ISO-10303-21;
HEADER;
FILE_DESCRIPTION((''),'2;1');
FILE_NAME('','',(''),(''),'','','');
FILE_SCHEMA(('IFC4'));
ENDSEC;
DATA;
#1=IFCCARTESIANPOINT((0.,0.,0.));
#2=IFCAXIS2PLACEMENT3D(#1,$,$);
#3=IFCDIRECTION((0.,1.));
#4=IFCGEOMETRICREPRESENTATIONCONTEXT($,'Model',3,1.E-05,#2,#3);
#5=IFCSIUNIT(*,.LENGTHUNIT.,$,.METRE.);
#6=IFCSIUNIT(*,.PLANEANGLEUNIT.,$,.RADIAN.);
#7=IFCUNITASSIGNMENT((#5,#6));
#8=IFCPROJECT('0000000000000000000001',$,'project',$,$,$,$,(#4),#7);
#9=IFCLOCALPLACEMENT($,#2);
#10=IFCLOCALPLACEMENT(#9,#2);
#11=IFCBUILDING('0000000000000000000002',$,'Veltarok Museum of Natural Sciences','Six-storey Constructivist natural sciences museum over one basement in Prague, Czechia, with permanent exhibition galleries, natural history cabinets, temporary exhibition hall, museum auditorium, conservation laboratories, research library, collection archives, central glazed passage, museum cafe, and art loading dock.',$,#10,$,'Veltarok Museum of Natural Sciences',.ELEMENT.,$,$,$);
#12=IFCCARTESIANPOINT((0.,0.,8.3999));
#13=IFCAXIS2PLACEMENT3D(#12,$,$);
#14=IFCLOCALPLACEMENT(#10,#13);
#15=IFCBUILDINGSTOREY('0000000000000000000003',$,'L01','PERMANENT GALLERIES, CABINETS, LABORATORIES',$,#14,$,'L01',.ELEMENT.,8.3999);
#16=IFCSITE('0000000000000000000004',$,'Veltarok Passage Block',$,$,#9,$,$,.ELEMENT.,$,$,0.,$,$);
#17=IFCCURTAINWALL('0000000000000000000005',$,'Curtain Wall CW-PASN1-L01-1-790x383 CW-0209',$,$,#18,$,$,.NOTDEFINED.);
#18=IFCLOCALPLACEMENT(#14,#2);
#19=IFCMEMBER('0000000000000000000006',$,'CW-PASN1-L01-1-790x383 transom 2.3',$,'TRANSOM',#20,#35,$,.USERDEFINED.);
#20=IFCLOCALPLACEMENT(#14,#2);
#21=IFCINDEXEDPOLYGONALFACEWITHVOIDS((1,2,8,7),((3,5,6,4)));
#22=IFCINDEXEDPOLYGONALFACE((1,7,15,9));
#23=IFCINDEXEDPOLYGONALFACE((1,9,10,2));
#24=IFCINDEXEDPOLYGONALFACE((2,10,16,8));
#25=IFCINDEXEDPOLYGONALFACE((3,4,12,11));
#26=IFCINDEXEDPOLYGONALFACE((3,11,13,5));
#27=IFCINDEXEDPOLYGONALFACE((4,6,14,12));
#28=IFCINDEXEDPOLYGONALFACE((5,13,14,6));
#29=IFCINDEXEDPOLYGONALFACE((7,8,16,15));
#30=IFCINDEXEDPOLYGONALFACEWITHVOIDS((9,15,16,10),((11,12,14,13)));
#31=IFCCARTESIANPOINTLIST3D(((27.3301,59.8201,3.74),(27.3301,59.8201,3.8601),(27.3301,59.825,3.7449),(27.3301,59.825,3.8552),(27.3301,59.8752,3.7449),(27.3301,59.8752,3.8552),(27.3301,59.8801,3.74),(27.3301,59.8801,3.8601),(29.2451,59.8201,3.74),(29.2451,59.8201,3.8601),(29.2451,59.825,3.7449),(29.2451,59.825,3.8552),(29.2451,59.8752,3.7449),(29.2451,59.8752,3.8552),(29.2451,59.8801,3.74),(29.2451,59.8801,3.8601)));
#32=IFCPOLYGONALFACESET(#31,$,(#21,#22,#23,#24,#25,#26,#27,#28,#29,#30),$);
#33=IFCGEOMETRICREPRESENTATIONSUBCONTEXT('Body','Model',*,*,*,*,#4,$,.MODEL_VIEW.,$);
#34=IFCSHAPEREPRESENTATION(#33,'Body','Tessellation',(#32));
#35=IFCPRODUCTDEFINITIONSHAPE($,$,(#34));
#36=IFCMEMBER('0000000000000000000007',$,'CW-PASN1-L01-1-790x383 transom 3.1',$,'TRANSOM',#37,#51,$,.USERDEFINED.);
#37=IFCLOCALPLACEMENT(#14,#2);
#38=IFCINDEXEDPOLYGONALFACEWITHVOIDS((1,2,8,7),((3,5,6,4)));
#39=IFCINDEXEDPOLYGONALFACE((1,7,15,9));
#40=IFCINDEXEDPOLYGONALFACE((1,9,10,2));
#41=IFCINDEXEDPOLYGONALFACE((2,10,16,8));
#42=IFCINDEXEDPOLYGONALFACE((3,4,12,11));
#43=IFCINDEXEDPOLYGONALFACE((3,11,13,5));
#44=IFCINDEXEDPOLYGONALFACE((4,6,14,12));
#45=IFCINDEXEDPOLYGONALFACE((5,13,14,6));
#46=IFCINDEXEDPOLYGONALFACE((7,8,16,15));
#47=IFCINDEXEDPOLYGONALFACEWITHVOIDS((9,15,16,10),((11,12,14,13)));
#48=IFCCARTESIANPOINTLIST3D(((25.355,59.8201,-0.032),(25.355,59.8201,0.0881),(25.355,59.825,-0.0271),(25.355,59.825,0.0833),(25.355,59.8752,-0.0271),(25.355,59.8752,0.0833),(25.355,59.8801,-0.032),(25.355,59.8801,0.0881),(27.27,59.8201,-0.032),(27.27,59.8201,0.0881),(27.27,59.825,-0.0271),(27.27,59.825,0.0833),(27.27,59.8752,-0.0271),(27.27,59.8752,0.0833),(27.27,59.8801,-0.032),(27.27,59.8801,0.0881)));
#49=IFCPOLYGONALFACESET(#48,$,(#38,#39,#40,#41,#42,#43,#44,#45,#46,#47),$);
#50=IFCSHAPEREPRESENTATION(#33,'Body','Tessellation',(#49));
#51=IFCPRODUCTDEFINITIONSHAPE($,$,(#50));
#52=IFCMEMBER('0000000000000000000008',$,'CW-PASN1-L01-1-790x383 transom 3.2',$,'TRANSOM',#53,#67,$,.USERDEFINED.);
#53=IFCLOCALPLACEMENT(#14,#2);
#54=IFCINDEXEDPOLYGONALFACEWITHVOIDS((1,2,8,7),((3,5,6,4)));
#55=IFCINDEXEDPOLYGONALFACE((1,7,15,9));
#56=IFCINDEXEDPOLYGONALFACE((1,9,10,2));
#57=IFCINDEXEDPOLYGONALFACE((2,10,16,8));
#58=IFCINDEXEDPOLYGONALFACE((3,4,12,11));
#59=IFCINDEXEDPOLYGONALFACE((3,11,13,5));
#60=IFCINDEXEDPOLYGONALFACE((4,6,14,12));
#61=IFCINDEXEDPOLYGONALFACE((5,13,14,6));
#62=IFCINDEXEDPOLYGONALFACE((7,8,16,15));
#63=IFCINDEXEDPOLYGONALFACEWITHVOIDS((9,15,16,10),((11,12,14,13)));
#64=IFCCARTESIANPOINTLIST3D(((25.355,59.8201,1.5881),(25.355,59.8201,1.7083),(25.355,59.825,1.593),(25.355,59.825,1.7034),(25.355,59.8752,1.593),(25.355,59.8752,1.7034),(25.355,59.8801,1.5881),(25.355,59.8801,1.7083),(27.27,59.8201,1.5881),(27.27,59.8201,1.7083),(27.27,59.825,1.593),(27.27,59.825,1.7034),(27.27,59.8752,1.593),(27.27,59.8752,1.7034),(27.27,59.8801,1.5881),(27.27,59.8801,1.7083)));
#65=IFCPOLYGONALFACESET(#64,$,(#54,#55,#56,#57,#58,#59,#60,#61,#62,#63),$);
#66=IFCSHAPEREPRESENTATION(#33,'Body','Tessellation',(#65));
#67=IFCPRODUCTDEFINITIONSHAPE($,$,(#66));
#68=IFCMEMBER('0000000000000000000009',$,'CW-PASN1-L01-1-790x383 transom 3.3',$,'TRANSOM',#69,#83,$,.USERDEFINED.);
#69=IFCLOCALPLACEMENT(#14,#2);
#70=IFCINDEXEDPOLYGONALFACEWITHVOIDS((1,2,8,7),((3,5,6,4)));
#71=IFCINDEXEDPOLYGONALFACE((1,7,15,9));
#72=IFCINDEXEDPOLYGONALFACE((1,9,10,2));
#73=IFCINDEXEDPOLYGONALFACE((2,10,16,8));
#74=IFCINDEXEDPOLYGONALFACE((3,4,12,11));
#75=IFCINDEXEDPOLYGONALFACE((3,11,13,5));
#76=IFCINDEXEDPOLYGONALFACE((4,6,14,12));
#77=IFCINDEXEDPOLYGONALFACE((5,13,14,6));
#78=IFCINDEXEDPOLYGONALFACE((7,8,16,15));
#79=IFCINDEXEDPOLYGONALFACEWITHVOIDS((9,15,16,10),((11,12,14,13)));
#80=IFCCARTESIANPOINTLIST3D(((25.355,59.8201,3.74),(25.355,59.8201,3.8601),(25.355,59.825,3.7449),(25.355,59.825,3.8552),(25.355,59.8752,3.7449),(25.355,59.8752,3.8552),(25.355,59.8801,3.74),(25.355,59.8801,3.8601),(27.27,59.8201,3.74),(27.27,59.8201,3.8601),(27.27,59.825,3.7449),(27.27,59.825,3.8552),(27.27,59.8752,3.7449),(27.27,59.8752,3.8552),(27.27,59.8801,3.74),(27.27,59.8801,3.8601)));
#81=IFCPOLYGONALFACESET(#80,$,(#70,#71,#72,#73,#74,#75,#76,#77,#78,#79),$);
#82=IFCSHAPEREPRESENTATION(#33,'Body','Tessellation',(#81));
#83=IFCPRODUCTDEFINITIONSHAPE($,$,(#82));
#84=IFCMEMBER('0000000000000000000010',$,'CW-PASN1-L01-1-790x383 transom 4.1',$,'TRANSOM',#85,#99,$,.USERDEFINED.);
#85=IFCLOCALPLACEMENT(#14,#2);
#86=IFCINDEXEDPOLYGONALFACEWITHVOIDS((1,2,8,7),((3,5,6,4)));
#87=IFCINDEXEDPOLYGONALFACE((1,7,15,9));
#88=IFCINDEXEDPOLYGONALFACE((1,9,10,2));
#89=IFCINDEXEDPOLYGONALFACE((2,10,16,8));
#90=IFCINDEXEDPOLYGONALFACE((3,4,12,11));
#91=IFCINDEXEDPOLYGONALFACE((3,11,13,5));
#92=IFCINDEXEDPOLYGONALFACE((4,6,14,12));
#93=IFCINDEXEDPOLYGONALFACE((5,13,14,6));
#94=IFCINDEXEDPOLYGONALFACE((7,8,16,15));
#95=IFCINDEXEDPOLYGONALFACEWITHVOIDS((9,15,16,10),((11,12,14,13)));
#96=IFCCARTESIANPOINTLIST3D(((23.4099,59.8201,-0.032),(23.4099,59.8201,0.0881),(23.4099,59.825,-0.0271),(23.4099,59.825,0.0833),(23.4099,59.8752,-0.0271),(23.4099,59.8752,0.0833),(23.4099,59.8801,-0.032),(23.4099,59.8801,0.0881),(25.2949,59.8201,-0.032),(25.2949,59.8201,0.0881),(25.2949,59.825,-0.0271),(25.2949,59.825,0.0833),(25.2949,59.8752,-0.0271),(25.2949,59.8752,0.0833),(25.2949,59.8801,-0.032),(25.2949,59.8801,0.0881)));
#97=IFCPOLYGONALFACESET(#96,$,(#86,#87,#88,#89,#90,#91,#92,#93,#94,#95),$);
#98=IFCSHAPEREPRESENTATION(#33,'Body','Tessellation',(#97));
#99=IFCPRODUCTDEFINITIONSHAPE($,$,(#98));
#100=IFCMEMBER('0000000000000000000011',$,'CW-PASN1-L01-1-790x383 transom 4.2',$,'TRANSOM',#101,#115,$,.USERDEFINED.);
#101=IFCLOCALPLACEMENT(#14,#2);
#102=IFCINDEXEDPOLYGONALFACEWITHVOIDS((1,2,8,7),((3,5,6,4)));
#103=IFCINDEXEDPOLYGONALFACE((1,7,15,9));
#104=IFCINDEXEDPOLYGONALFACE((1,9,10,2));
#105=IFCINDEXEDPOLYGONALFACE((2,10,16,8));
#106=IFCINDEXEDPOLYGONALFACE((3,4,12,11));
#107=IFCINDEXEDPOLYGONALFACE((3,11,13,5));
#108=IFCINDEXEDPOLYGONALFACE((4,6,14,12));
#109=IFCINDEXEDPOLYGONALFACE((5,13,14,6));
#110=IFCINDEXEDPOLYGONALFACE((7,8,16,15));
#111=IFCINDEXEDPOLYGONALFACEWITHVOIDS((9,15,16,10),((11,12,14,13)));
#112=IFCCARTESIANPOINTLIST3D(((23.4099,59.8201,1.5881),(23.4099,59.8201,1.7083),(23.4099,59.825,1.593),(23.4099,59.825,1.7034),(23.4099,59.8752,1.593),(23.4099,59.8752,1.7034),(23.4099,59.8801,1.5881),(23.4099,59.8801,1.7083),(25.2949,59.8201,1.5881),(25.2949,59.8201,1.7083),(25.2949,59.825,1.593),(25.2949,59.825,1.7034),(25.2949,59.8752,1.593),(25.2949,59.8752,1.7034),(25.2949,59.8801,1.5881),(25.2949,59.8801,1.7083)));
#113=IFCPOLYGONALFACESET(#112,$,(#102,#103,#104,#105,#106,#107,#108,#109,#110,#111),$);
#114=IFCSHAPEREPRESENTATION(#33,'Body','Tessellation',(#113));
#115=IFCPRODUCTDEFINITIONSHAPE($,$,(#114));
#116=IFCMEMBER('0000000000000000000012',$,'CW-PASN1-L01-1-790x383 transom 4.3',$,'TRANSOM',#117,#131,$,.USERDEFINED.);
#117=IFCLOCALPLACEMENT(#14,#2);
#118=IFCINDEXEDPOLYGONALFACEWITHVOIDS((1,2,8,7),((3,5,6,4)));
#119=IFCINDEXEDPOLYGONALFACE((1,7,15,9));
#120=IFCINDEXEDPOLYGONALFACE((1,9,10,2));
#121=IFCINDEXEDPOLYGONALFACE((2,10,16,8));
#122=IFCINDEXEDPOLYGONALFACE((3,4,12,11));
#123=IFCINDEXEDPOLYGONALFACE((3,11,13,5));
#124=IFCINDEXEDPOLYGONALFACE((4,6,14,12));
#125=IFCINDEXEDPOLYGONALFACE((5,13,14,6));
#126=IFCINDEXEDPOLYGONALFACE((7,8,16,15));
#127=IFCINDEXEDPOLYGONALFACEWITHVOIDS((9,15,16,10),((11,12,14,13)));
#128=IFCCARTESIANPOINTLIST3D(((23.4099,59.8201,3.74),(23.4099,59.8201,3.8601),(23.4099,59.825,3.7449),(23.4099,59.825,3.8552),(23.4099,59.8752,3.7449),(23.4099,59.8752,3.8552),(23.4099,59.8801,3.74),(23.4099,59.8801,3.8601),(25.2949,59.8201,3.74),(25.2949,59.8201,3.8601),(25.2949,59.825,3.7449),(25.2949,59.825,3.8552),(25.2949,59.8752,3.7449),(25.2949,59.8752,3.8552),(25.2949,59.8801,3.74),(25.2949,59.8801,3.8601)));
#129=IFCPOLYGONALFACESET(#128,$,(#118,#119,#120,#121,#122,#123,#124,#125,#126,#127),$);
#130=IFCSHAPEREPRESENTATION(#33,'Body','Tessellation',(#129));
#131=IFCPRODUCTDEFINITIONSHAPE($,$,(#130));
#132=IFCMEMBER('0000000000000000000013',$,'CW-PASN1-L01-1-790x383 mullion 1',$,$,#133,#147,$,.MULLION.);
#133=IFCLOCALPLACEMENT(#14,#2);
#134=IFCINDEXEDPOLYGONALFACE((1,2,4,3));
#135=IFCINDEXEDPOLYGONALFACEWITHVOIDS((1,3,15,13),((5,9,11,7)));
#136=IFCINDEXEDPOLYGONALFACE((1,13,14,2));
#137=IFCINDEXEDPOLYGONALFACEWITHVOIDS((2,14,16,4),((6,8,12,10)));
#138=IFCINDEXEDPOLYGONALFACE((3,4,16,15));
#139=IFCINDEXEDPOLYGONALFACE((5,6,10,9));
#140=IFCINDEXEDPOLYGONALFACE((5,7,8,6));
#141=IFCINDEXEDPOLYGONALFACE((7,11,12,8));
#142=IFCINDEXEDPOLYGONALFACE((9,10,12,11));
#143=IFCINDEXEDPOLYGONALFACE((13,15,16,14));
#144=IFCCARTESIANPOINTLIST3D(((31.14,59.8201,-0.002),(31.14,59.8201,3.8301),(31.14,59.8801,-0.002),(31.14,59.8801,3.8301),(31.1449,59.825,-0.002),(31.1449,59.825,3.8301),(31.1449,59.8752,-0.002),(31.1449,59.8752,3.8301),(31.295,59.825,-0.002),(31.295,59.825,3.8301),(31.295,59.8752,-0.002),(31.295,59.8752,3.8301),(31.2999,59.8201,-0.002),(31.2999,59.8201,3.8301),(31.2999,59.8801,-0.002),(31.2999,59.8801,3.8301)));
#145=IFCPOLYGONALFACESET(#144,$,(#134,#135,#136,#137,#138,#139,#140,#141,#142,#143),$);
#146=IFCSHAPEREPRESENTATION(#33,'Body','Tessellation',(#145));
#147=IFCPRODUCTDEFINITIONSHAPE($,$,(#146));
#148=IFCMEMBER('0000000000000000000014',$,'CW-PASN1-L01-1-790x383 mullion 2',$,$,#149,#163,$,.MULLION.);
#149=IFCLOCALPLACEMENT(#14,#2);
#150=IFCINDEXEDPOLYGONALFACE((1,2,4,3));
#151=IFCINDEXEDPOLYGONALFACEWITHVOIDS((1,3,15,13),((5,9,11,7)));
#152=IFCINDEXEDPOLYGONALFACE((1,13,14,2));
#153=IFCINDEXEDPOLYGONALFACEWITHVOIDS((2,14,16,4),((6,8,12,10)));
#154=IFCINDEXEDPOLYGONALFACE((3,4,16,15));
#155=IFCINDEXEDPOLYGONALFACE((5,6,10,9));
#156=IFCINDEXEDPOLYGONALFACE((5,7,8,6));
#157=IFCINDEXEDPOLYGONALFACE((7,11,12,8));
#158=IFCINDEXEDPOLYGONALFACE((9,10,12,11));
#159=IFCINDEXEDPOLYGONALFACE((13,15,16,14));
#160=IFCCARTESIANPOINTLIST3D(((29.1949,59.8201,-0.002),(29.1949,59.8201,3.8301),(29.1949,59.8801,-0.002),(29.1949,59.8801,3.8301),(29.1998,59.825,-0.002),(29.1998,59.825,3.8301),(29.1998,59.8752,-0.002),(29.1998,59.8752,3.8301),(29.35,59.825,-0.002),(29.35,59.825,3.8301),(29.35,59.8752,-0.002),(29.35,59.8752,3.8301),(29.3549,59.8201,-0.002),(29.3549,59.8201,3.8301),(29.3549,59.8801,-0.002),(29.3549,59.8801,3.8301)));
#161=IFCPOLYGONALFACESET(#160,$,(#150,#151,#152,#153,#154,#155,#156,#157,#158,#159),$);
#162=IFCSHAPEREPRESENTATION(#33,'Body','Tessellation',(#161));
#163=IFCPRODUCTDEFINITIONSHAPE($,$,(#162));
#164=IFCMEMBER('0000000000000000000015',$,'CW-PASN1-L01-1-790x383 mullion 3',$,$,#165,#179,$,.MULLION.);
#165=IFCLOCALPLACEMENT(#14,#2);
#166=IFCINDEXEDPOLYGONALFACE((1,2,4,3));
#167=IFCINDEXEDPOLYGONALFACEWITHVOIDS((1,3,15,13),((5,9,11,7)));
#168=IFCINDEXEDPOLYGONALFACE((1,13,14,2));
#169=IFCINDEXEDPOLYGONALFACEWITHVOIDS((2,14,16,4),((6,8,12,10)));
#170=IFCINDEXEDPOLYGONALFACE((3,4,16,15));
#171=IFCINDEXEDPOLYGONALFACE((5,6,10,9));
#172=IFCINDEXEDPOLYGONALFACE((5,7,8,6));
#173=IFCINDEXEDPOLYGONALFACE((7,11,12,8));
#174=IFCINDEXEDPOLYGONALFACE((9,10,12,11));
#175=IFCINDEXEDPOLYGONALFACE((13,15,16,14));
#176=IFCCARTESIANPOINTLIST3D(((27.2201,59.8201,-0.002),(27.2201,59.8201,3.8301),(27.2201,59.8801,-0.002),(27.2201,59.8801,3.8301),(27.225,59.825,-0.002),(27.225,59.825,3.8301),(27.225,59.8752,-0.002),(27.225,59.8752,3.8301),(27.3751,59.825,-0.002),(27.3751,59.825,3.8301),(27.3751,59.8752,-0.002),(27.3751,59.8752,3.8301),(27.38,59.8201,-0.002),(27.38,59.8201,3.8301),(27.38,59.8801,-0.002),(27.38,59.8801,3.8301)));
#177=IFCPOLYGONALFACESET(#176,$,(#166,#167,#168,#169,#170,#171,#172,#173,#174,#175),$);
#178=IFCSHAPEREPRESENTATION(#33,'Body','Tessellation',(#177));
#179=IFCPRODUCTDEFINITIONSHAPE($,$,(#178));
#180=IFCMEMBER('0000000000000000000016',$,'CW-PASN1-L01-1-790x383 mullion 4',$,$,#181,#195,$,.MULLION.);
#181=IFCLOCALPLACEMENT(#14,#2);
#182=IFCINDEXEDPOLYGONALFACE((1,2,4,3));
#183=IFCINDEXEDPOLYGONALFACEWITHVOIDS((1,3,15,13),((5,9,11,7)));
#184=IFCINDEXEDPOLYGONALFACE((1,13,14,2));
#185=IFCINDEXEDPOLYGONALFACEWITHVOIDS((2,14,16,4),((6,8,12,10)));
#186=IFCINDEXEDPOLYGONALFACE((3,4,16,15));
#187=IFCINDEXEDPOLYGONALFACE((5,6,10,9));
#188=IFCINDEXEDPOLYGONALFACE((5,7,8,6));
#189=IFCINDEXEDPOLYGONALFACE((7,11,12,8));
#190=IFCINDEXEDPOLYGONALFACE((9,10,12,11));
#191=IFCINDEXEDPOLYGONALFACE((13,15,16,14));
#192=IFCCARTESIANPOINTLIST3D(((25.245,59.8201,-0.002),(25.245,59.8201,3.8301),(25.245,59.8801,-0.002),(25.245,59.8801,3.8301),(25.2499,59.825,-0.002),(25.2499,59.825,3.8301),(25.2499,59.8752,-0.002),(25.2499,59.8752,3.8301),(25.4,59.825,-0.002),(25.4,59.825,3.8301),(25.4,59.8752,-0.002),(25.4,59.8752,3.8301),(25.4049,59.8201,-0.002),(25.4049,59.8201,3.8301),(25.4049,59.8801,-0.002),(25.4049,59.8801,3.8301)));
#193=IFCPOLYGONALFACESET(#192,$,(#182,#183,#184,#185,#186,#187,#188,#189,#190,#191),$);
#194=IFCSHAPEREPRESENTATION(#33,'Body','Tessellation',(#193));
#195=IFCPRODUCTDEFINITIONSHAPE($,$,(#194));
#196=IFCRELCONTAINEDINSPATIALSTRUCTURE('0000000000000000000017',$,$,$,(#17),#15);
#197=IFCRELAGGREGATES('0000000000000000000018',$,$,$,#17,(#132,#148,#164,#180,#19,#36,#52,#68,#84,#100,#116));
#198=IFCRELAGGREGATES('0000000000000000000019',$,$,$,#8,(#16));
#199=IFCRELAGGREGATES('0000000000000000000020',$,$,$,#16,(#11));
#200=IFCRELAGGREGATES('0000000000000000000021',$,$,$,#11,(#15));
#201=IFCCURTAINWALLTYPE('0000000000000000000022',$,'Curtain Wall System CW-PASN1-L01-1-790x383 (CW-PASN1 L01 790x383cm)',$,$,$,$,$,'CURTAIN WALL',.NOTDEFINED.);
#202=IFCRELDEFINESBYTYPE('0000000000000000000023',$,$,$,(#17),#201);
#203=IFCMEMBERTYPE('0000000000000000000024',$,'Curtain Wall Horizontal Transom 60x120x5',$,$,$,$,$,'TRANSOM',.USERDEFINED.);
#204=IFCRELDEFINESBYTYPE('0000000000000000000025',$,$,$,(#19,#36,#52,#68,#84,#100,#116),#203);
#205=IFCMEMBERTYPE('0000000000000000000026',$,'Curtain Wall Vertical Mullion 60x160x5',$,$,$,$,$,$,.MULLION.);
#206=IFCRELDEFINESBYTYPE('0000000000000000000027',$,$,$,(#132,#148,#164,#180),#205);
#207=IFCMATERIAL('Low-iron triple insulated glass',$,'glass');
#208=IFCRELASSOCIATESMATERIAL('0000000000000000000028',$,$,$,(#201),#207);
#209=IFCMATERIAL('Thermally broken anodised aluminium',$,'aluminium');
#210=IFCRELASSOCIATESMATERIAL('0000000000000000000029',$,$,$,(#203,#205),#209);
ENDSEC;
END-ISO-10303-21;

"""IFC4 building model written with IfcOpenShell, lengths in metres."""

from ifc_helpers import new_model, si_unit, direction, frame, origin, origin_2d, place, context, subcontext, project, spatial, hollow_rectangle, extrude, material, material_profile, profile_set, type_object, element, aggregate, save


model = new_model("IFC4")

# Units and contexts
model_context = context("Model", 3, precision=1e-05, world=origin(), true_north=direction((0.0, 1.0)))
body_context = subcontext(model_context, "Body", "Model", "MODEL_VIEW")
ifc_project = project(units=[si_unit("LENGTHUNIT", "METRE"), si_unit("PLANEANGLEUNIT", "RADIAN")], contexts=[model_context])

# Site, building, storey
site_placement = place(None, origin())
site = spatial("IfcSite", under=ifc_project, at=site_placement, Name="Veltarok Passage Block", CompositionType="ELEMENT", RefElevation=0.0)
building_placement = place(site_placement, origin())
building = spatial("IfcBuilding", under=site, at=building_placement, Name="Veltarok Museum of Natural Sciences", Description="Six-storey Constructivist natural sciences museum over one basement in Prague, Czechia, with permanent exhibition galleries, natural history cabinets, temporary exhibition hall, museum auditorium, conservation laboratories, research library, collection archives, central glazed passage, museum cafe, and art loading dock.", LongName="Veltarok Museum of Natural Sciences", CompositionType="ELEMENT")
storey_placement = place(building_placement, frame((0.0, 0.0, 8.3999)))
storey = spatial("IfcBuildingStorey", under=building, at=storey_placement, Name="L01", Description="PERMANENT GALLERIES, CABINETS, LABORATORIES", LongName="L01", CompositionType="ELEMENT", Elevation=8.3999)

# Curtain wall, members
ifc_material_1 = material(Name="Low-iron triple insulated glass", Category="glass")
curtain_wall_type = type_object("IfcCurtainWallType", Name="Curtain Wall System CW-PASN1-L01-1-790x383 (CW-PASN1 L01 790x383cm)", ElementType="CURTAIN WALL", PredefinedType="NOTDEFINED", material=ifc_material_1)
curtain_wall_placement = place(storey_placement, origin())
curtain_wall = element("IfcCurtainWall", 1, at=curtain_wall_placement, inside=storey, type_object=curtain_wall_type, Name="Curtain Wall CW-PASN1-L01-1-790x383 CW-0209", PredefinedType="NOTDEFINED")
ifc_material_2 = material(Name="Thermally broken anodised aluminium", Category="aluminium")
ifc_material_profile_1 = material_profile(ifc_material_2, hollow_rectangle(XDim=0.0601, YDim=0.1201, WallThickness=0.0049, at=origin_2d()), Name="CW TRANSOM 60x120x5")
ifc_profile_set_1 = profile_set([ifc_material_profile_1], Name="Thermally broken anodised aluminium")
member_type_1 = type_object("IfcMemberType", Name="Curtain Wall Horizontal Transom 60x120x5", ElementType="TRANSOM", PredefinedType="USERDEFINED", material=ifc_profile_set_1)
member_1_placement = place(storey_placement, frame((29.2451, 59.8501, 3.8), z_axis=(-1.0, 0.0, 0.0), x_axis=(0.0, -1.0, 0.0)))
member_1 = element("IfcMember", 2, at=member_1_placement, type_object=member_type_1, Name="CW-PASN1-L01-1-790x383 transom 2.3", ObjectType="TRANSOM", PredefinedType="USERDEFINED", context=body_context, shape_type="SweptSolid", body=[
    extrude(hollow_rectangle(XDim=0.0601, YDim=0.1201, WallThickness=0.0049, at=origin_2d()), origin(), (0.0, 0.0, 1.0), 1.915),
])
member_2_placement = place(storey_placement, frame((27.27, 59.8501, 0.0281), z_axis=(-1.0, 0.0, 0.0), x_axis=(0.0, -1.0, 0.0)))
member_2 = element("IfcMember", 3, at=member_2_placement, type_object=member_type_1, Name="CW-PASN1-L01-1-790x383 transom 3.1", ObjectType="TRANSOM", PredefinedType="USERDEFINED", context=body_context, shape_type="SweptSolid", body=[
    extrude(hollow_rectangle(XDim=0.0601, YDim=0.1201, WallThickness=0.0049, at=origin_2d()), origin(), (0.0, 0.0, 1.0), 1.915),
])
member_3_placement = place(storey_placement, frame((27.27, 59.8501, 1.6482), z_axis=(-1.0, 0.0, 0.0), x_axis=(0.0, -1.0, 0.0)))
member_3 = element("IfcMember", 4, at=member_3_placement, type_object=member_type_1, Name="CW-PASN1-L01-1-790x383 transom 3.2", ObjectType="TRANSOM", PredefinedType="USERDEFINED", context=body_context, shape_type="SweptSolid", body=[
    extrude(hollow_rectangle(XDim=0.0601, YDim=0.1201, WallThickness=0.0049, at=origin_2d()), origin(), (0.0, 0.0, 1.0), 1.915),
])
member_4_placement = place(storey_placement, frame((27.27, 59.8501, 3.8), z_axis=(-1.0, 0.0, 0.0), x_axis=(0.0, -1.0, 0.0)))
member_4 = element("IfcMember", 5, at=member_4_placement, type_object=member_type_1, Name="CW-PASN1-L01-1-790x383 transom 3.3", ObjectType="TRANSOM", PredefinedType="USERDEFINED", context=body_context, shape_type="SweptSolid", body=[
    extrude(hollow_rectangle(XDim=0.0601, YDim=0.1201, WallThickness=0.0049, at=origin_2d()), origin(), (0.0, 0.0, 1.0), 1.915),
])
member_5_placement = place(storey_placement, frame((25.2949, 59.8501, 0.0281), z_axis=(-1.0, 0.0, 0.0), x_axis=(0.0, -1.0, 0.0)))
member_5 = element("IfcMember", 6, at=member_5_placement, type_object=member_type_1, Name="CW-PASN1-L01-1-790x383 transom 4.1", ObjectType="TRANSOM", PredefinedType="USERDEFINED", context=body_context, shape_type="SweptSolid", body=[
    extrude(hollow_rectangle(XDim=0.0601, YDim=0.1201, WallThickness=0.0049, at=origin_2d()), origin(), (0.0, 0.0, 1.0), 1.885),
])
member_6_placement = place(storey_placement, frame((25.2949, 59.8501, 1.6482), z_axis=(-1.0, 0.0, 0.0), x_axis=(0.0, -1.0, 0.0)))
member_6 = element("IfcMember", 7, at=member_6_placement, type_object=member_type_1, Name="CW-PASN1-L01-1-790x383 transom 4.2", ObjectType="TRANSOM", PredefinedType="USERDEFINED", context=body_context, shape_type="SweptSolid", body=[
    extrude(hollow_rectangle(XDim=0.0601, YDim=0.1201, WallThickness=0.0049, at=origin_2d()), origin(), (0.0, 0.0, 1.0), 1.885),
])
member_7_placement = place(storey_placement, frame((25.2949, 59.8501, 3.8), z_axis=(-1.0, 0.0, 0.0), x_axis=(0.0, -1.0, 0.0)))
member_7 = element("IfcMember", 8, at=member_7_placement, type_object=member_type_1, Name="CW-PASN1-L01-1-790x383 transom 4.3", ObjectType="TRANSOM", PredefinedType="USERDEFINED", context=body_context, shape_type="SweptSolid", body=[
    extrude(hollow_rectangle(XDim=0.0601, YDim=0.1201, WallThickness=0.0049, at=origin_2d()), origin(), (0.0, 0.0, 1.0), 1.885),
])
ifc_material_profile_2 = material_profile(ifc_material_2, hollow_rectangle(XDim=0.0601, YDim=0.1599, WallThickness=0.0049, at=origin_2d()), Name="CW MULLION 60x160x5")
ifc_profile_set_2 = profile_set([ifc_material_profile_2], Name="Thermally broken anodised aluminium")
member_type_2 = type_object("IfcMemberType", Name="Curtain Wall Vertical Mullion 60x160x5", PredefinedType="MULLION", material=ifc_profile_set_2)
member_8_placement = place(storey_placement, frame((31.22, 59.8501, -0.002), z_axis=(0.0, 0.0, 1.0), x_axis=(0.0, -1.0, 0.0)))
member_8 = element("IfcMember", 9, at=member_8_placement, type_object=member_type_2, Name="CW-PASN1-L01-1-790x383 mullion 1", PredefinedType="MULLION", context=body_context, shape_type="SweptSolid", body=[
    extrude(hollow_rectangle(XDim=0.0601, YDim=0.1599, WallThickness=0.0049, at=origin_2d()), origin(), (0.0, 0.0, 1.0), 3.832),
])
member_9_placement = place(storey_placement, frame((29.2749, 59.8501, -0.002), z_axis=(0.0, 0.0, 1.0), x_axis=(0.0, -1.0, 0.0)))
member_9 = element("IfcMember", 10, at=member_9_placement, type_object=member_type_2, Name="CW-PASN1-L01-1-790x383 mullion 2", PredefinedType="MULLION", context=body_context, shape_type="SweptSolid", body=[
    extrude(hollow_rectangle(XDim=0.0601, YDim=0.1599, WallThickness=0.0049, at=origin_2d()), origin(), (0.0, 0.0, 1.0), 3.832),
])
member_10_placement = place(storey_placement, frame((27.3, 59.8501, -0.002), z_axis=(0.0, 0.0, 1.0), x_axis=(0.0, -1.0, 0.0)))
member_10 = element("IfcMember", 11, at=member_10_placement, type_object=member_type_2, Name="CW-PASN1-L01-1-790x383 mullion 3", PredefinedType="MULLION", context=body_context, shape_type="SweptSolid", body=[
    extrude(hollow_rectangle(XDim=0.0601, YDim=0.1599, WallThickness=0.0049, at=origin_2d()), origin(), (0.0, 0.0, 1.0), 3.832),
])
member_11_placement = place(storey_placement, frame((25.325, 59.8501, -0.002), z_axis=(0.0, 0.0, 1.0), x_axis=(0.0, -1.0, 0.0)))
member_11 = element("IfcMember", 12, at=member_11_placement, type_object=member_type_2, Name="CW-PASN1-L01-1-790x383 mullion 4", PredefinedType="MULLION", context=body_context, shape_type="SweptSolid", body=[
    extrude(hollow_rectangle(XDim=0.0601, YDim=0.1599, WallThickness=0.0049, at=origin_2d()), origin(), (0.0, 0.0, 1.0), 3.832),
])

aggregate(curtain_wall, [member_8, member_9, member_10, member_11, member_1, member_2, member_3, member_4, member_5, member_6, member_7])

save(model, "model.ifc")
